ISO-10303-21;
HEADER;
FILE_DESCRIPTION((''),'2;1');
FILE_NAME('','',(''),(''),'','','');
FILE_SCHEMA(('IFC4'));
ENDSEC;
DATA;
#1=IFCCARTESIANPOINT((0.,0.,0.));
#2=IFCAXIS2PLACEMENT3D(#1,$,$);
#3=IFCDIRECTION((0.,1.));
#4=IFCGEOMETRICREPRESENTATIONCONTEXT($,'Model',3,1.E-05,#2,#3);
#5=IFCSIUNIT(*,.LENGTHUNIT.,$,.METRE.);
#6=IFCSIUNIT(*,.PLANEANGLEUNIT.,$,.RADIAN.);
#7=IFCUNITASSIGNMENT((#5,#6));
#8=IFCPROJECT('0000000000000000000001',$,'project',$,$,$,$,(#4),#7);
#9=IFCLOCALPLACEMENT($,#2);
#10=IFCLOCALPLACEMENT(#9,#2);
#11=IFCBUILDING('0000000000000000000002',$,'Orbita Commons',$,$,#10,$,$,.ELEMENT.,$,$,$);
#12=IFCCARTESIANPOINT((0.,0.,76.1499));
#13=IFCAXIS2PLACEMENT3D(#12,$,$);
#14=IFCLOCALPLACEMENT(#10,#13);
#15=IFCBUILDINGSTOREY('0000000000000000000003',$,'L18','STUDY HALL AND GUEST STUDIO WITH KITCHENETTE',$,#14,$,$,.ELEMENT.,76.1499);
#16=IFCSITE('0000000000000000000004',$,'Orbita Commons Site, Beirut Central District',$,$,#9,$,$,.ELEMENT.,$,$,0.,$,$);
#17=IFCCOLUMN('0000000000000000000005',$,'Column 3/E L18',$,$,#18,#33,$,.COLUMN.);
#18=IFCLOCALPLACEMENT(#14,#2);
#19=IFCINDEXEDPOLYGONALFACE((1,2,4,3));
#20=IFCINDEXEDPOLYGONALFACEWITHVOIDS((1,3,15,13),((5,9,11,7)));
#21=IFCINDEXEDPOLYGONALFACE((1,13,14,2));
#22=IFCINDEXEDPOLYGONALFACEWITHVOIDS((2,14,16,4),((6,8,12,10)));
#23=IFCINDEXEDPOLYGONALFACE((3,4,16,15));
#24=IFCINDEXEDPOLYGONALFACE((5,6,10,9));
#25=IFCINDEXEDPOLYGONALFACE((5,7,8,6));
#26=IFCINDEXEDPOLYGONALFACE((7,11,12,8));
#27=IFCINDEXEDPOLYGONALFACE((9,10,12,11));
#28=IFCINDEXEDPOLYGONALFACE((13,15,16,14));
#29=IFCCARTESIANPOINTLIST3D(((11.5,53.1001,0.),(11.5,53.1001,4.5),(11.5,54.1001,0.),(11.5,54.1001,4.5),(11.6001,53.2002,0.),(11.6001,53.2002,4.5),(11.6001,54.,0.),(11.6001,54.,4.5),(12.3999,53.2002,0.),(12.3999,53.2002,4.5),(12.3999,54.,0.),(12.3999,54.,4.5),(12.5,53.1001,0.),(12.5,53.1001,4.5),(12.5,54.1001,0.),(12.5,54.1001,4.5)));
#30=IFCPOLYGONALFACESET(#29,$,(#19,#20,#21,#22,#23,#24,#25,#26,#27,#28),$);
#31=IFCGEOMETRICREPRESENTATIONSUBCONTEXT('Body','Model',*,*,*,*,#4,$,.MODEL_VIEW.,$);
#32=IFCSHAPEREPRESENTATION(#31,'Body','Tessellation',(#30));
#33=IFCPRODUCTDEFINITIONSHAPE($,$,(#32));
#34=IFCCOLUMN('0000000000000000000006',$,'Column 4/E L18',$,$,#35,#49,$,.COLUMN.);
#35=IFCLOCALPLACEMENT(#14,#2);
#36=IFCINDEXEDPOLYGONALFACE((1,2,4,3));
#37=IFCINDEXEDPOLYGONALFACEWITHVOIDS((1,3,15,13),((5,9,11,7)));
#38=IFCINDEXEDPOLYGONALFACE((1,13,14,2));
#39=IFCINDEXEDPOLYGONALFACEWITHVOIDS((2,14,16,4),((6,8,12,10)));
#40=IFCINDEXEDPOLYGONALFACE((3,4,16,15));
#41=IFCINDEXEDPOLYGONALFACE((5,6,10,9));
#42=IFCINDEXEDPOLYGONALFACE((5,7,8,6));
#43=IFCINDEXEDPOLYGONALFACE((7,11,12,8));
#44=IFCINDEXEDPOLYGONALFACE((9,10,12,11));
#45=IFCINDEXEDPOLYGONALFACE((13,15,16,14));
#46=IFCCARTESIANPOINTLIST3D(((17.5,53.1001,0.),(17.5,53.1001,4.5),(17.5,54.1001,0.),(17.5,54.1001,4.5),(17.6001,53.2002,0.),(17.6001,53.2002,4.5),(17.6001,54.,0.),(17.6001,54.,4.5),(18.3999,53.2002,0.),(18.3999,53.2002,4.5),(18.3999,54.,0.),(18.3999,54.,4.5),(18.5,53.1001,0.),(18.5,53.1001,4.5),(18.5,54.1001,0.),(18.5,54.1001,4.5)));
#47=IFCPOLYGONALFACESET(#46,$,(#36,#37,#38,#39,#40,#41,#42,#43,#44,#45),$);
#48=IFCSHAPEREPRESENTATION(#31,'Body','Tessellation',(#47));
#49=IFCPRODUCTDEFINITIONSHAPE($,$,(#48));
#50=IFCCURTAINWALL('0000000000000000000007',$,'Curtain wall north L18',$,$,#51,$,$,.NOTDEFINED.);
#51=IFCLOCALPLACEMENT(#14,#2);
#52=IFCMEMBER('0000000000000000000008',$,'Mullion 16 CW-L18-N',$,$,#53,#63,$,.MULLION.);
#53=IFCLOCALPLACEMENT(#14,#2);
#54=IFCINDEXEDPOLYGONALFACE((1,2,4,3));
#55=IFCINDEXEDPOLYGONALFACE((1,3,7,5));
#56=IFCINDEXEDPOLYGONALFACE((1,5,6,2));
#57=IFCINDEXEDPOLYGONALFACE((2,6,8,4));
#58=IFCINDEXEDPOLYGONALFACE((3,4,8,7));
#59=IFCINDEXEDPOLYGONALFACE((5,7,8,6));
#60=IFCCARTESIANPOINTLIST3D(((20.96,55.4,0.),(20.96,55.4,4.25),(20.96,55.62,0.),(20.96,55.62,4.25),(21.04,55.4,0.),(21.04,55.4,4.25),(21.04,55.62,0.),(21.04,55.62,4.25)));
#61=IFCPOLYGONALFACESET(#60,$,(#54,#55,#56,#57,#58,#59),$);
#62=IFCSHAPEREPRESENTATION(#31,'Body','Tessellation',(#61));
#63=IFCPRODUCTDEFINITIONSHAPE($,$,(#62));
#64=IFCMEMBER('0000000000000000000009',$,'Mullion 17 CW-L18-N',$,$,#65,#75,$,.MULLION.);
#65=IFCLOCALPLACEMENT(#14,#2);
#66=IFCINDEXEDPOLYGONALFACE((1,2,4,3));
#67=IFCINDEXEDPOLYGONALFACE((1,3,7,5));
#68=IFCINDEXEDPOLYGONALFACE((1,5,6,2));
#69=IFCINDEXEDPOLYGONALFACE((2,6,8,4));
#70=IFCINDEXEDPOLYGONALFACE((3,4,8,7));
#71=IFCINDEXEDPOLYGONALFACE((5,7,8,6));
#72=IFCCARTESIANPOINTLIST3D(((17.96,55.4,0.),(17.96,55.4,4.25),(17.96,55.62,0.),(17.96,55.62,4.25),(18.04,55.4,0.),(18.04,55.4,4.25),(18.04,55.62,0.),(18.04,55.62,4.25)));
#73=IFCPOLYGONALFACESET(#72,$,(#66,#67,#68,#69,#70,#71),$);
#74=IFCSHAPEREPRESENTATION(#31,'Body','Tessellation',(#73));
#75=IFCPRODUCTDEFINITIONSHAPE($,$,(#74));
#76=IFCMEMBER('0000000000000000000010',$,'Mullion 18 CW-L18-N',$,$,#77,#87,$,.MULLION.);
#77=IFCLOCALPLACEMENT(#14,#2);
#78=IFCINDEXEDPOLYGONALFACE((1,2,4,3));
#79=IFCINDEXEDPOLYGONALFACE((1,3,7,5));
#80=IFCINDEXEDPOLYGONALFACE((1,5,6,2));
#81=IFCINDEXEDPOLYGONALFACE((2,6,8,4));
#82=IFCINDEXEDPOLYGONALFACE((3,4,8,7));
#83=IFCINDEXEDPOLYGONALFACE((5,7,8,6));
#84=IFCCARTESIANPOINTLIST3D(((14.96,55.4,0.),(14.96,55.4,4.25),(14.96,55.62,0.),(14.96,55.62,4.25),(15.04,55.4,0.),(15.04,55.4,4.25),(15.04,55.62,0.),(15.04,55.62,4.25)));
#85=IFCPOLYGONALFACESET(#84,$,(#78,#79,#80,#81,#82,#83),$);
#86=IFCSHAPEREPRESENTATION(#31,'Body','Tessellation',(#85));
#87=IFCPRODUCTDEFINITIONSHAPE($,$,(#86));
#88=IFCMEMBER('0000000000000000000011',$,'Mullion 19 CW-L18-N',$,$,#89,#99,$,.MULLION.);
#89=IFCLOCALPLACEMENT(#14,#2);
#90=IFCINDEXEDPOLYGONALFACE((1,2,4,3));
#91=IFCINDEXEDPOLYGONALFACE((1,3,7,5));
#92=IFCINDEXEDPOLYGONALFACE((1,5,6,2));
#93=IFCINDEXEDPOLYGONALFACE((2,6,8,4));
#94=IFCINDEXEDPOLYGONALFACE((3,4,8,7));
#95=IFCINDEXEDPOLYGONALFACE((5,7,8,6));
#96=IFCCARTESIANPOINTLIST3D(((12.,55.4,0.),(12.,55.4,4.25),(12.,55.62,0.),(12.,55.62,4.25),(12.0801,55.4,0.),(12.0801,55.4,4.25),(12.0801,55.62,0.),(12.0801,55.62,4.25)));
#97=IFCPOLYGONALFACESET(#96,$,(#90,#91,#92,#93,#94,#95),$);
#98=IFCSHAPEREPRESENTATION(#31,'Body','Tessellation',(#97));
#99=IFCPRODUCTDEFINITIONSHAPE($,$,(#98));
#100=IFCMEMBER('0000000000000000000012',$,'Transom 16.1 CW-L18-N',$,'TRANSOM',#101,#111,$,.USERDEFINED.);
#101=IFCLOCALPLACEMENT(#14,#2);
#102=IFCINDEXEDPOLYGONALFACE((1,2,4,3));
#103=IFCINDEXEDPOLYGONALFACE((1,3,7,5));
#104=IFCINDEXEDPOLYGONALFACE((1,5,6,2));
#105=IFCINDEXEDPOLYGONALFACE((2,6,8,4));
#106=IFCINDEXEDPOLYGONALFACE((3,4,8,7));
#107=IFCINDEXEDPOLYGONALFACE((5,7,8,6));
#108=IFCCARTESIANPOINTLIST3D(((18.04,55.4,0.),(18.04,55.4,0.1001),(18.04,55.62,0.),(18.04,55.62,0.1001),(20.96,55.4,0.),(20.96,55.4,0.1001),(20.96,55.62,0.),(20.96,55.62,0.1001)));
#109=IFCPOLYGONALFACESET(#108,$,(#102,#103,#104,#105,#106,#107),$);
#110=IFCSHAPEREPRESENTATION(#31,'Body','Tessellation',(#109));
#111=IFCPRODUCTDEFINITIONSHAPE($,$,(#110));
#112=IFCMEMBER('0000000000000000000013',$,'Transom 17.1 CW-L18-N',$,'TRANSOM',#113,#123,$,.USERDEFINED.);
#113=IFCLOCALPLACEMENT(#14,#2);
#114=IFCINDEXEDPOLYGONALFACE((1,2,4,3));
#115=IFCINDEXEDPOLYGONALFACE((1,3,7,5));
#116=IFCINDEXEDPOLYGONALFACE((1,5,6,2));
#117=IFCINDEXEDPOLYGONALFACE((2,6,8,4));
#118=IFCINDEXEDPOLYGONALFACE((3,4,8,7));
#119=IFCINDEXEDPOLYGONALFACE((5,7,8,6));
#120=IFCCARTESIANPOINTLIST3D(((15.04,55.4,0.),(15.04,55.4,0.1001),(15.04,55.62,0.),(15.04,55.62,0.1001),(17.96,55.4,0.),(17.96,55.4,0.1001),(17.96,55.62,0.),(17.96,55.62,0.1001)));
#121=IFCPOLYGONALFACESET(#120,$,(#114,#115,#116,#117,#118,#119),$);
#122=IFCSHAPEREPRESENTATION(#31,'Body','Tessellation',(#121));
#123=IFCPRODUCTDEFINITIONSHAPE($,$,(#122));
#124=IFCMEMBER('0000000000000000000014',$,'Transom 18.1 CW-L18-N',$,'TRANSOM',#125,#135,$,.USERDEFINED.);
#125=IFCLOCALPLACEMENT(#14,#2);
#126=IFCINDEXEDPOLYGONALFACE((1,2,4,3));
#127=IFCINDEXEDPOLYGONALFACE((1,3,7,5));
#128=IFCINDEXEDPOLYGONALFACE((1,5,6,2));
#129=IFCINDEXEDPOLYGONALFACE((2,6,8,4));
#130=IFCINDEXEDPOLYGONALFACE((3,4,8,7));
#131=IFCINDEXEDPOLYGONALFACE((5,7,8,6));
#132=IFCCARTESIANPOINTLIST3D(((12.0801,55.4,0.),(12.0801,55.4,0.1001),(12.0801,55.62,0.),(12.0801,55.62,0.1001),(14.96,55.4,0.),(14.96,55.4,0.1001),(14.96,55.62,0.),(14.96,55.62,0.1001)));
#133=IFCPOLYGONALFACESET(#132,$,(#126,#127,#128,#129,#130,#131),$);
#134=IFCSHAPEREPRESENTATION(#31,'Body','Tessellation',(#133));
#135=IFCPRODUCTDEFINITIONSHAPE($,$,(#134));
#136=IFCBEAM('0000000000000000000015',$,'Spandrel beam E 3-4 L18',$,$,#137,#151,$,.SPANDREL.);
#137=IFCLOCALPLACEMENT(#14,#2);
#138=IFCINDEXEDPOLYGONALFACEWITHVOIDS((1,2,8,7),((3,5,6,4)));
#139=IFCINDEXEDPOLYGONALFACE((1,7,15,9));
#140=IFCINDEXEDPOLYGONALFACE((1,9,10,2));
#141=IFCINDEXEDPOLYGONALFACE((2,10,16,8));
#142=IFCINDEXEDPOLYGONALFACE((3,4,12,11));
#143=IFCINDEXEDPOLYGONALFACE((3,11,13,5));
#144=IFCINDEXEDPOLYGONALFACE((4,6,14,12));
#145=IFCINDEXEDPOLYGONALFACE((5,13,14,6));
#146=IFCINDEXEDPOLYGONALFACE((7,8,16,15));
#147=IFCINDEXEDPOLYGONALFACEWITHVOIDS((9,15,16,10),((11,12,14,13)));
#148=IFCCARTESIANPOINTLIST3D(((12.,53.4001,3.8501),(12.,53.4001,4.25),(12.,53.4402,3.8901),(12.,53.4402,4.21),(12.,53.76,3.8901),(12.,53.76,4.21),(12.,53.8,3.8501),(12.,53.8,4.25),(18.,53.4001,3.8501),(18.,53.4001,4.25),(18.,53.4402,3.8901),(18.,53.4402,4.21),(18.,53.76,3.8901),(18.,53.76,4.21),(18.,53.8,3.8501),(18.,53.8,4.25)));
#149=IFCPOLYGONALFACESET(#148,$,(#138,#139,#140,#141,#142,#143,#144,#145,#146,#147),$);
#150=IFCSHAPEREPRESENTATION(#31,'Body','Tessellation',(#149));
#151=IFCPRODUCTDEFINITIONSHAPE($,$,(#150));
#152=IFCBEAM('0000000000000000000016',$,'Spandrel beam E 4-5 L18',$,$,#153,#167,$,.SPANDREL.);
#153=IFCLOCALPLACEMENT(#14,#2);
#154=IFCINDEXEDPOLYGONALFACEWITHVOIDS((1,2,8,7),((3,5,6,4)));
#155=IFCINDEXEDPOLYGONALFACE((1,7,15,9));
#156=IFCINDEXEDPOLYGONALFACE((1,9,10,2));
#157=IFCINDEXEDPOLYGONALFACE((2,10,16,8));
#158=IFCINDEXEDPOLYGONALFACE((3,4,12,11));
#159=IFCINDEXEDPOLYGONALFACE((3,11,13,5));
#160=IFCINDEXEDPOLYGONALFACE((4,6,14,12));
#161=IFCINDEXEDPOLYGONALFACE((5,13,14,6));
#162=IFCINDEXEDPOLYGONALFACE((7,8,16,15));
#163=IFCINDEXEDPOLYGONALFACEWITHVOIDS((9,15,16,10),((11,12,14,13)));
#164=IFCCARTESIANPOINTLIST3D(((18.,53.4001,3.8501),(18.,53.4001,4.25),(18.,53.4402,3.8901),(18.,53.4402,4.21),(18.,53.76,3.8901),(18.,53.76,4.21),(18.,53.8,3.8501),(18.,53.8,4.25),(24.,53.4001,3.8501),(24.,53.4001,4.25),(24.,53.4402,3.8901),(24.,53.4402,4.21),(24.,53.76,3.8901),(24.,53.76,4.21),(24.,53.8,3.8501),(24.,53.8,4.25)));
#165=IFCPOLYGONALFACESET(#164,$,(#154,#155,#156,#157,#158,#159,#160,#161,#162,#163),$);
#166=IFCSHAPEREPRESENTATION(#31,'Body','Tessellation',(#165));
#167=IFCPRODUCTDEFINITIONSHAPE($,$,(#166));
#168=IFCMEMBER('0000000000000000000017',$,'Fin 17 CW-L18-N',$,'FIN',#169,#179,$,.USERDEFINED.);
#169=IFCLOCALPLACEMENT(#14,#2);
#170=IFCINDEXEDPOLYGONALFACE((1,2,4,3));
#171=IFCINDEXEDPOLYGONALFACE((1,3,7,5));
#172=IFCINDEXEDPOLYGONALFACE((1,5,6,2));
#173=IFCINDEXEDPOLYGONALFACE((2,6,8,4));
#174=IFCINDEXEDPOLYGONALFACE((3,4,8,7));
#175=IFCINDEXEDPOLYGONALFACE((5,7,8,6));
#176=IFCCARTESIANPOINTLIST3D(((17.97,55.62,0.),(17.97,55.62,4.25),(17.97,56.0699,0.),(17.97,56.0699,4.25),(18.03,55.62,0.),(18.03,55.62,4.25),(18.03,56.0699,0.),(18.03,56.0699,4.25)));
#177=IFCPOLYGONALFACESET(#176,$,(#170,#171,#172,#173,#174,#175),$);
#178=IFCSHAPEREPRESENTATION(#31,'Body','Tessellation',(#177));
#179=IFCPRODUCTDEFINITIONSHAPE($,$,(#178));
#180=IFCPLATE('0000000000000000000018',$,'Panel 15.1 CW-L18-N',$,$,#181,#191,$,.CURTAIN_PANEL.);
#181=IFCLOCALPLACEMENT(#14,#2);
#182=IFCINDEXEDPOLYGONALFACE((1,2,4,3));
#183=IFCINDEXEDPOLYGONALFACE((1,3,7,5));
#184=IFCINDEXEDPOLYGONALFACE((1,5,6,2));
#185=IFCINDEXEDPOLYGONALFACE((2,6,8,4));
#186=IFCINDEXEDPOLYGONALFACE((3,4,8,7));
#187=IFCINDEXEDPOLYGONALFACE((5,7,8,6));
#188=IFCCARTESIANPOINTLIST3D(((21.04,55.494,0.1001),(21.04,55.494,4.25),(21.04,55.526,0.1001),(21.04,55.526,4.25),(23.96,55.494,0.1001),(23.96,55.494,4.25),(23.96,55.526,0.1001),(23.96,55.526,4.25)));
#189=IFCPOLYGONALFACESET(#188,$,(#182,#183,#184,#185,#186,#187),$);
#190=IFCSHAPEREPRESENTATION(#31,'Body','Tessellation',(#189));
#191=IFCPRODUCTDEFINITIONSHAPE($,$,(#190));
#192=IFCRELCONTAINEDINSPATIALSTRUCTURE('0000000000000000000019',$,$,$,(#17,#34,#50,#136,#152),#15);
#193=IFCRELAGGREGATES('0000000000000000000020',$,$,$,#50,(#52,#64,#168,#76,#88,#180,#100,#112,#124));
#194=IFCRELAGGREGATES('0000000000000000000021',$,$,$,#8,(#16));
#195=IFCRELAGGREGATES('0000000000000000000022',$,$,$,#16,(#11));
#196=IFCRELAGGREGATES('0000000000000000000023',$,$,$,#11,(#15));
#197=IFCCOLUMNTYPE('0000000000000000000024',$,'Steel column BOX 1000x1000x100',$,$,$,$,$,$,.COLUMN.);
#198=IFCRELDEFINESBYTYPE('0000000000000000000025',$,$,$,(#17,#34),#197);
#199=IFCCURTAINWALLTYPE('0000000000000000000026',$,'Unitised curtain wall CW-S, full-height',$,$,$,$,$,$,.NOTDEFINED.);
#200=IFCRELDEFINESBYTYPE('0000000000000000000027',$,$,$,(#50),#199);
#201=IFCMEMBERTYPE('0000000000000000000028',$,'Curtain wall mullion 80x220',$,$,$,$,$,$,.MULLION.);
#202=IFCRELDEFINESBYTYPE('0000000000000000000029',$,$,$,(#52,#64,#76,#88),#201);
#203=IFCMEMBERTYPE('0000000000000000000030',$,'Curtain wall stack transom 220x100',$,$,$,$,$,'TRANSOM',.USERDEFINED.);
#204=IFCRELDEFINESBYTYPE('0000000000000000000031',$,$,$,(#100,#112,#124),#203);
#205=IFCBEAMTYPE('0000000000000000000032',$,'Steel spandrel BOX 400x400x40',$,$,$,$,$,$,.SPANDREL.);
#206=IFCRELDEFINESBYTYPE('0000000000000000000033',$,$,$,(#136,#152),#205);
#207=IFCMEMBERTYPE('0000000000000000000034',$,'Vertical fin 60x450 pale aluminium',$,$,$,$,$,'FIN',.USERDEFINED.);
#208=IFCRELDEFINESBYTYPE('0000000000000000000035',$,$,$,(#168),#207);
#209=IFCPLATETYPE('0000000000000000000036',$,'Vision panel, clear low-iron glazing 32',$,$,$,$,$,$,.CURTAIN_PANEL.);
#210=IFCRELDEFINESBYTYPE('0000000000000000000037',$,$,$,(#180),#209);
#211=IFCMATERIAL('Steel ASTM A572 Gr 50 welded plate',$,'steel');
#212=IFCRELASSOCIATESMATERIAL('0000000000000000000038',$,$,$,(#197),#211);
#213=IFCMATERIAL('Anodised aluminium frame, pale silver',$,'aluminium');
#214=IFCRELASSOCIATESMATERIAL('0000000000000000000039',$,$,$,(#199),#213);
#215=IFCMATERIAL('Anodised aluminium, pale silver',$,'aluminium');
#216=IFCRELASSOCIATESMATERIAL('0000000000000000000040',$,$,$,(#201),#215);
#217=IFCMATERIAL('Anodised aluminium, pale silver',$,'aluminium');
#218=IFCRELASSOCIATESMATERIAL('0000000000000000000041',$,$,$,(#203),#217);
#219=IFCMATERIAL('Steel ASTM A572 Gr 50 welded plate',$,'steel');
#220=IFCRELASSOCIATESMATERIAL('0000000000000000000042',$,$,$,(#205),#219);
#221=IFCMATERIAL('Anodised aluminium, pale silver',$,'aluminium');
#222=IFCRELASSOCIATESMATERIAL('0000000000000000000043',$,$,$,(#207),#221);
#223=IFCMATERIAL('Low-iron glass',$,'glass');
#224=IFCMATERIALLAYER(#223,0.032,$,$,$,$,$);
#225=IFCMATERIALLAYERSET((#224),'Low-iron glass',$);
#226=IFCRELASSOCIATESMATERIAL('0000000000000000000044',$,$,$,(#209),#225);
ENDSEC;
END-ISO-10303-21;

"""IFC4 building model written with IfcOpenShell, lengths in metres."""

from ifc_helpers import new_model, si_unit, direction, frame, origin, origin_2d, place, context, subcontext, project, spatial, rectangle, hollow_rectangle, extrude, material, layer, layer_set, material_profile, profile_set, type_object, element, aggregate, save


model = new_model("IFC4")

# Units and contexts
model_context = context("Model", 3, precision=1e-05, world=origin(), true_north=direction((0.0, 1.0)))
body_context = subcontext(model_context, "Body", "Model", "MODEL_VIEW")
ifc_project = project(units=[si_unit("LENGTHUNIT", "METRE"), si_unit("PLANEANGLEUNIT", "RADIAN")], contexts=[model_context])

# Site, building, storey
site_placement = place(None, origin())
site = spatial("IfcSite", under=ifc_project, at=site_placement, Name="Orbita Commons Site, Beirut Central District", CompositionType="ELEMENT", RefElevation=0.0)
building_placement = place(site_placement, origin())
building = spatial("IfcBuilding", under=site, at=building_placement, Name="Orbita Commons", CompositionType="ELEMENT")
storey_placement = place(building_placement, frame((0.0, 0.0, 76.1499)))
storey = spatial("IfcBuildingStorey", under=building, at=storey_placement, Name="L18", Description="STUDY HALL AND GUEST STUDIO WITH KITCHENETTE", CompositionType="ELEMENT", Elevation=76.1499)

# Columns
ifc_material_1 = material(Name="Steel ASTM A572 Gr 50 welded plate", Category="steel")
ifc_material_profile_1 = material_profile(ifc_material_1, hollow_rectangle(XDim=1.0, YDim=1.0, WallThickness=0.1001, at=origin_2d()), Name="BOX 1000x1000x100")
ifc_profile_set_1 = profile_set([ifc_material_profile_1], Name="Steel ASTM A572 Gr 50 welded plate")
column_type = type_object("IfcColumnType", Name="Steel column BOX 1000x1000x100", PredefinedType="COLUMN", material=ifc_profile_set_1)
for number, where, z_axis, x_axis, name in (
    (1, (12.0, 53.6001, 0.0), (0.0, 0.0, 1.0), (1.0, 0.0, 0.0), "Column 3/E L18"),
    (2, (18.0, 53.6001, 0.0), (0.0, 0.0, 1.0), (1.0, 0.0, 0.0), "Column 4/E L18"),
):
    element("IfcColumn", number, at=place(storey_placement, frame(where, z_axis=z_axis, x_axis=x_axis)), inside=storey, type_object=column_type, Name=name, PredefinedType="COLUMN", context=body_context, shape_type="SweptSolid", body=[
        extrude(hollow_rectangle(XDim=1.0, YDim=1.0, WallThickness=0.1001, at=origin_2d()), origin(), (0.0, 0.0, 1.0), 4.5),
    ])

# Curtain wall, members
ifc_material_2 = material(Name="Anodised aluminium frame, pale silver", Category="aluminium")
curtain_wall_type = type_object("IfcCurtainWallType", Name="Unitised curtain wall CW-S, full-height", PredefinedType="NOTDEFINED", material=ifc_material_2)
curtain_wall_placement = place(storey_placement, origin())
curtain_wall = element("IfcCurtainWall", 3, at=curtain_wall_placement, inside=storey, type_object=curtain_wall_type, Name="Curtain wall north L18", PredefinedType="NOTDEFINED")
ifc_material_3 = material(Name="Anodised aluminium, pale silver", Category="aluminium")
ifc_material_profile_2 = material_profile(ifc_material_3, rectangle(XDim=0.0801, YDim=0.22, at=origin_2d()), Name="AL 80x220")
ifc_profile_set_2 = profile_set([ifc_material_profile_2], Name="Anodised aluminium, pale silver")
member_type_1 = type_object("IfcMemberType", Name="Curtain wall mullion 80x220", PredefinedType="MULLION", material=ifc_profile_set_2)
member_1_placement = place(storey_placement, frame((21.0, 55.51, 0.0), z_axis=(0.0, 0.0, 1.0), x_axis=(-1.0, 0.0, 0.0)))
member_1 = element("IfcMember", 4, at=member_1_placement, type_object=member_type_1, Name="Mullion 16 CW-L18-N", PredefinedType="MULLION", context=body_context, shape_type="SweptSolid", body=[
    extrude(rectangle(XDim=0.0801, YDim=0.22, at=origin_2d()), origin(), (0.0, 0.0, 1.0), 4.25),
])
member_2_placement = place(storey_placement, frame((18.0, 55.51, 0.0), z_axis=(0.0, 0.0, 1.0), x_axis=(-1.0, 0.0, 0.0)))
member_2 = element("IfcMember", 5, at=member_2_placement, type_object=member_type_1, Name="Mullion 17 CW-L18-N", PredefinedType="MULLION", context=body_context, shape_type="SweptSolid", body=[
    extrude(rectangle(XDim=0.0801, YDim=0.22, at=origin_2d()), origin(), (0.0, 0.0, 1.0), 4.25),
])
member_3_placement = place(storey_placement, frame((15.0, 55.51, 0.0), z_axis=(0.0, 0.0, 1.0), x_axis=(-1.0, 0.0, 0.0)))
member_3 = element("IfcMember", 6, at=member_3_placement, type_object=member_type_1, Name="Mullion 18 CW-L18-N", PredefinedType="MULLION", context=body_context, shape_type="SweptSolid", body=[
    extrude(rectangle(XDim=0.0801, YDim=0.22, at=origin_2d()), origin(), (0.0, 0.0, 1.0), 4.25),
])
member_4_placement = place(storey_placement, frame((12.04, 55.51, 0.0), z_axis=(0.0, 0.0, 1.0), x_axis=(-1.0, 0.0, 0.0)))
member_4 = element("IfcMember", 7, at=member_4_placement, type_object=member_type_1, Name="Mullion 19 CW-L18-N", PredefinedType="MULLION", context=body_context, shape_type="SweptSolid", body=[
    extrude(rectangle(XDim=0.0801, YDim=0.22, at=origin_2d()), origin(), (0.0, 0.0, 1.0), 4.25),
])
ifc_material_4 = material(Name="Anodised aluminium, pale silver", Category="aluminium")
ifc_material_profile_3 = material_profile(ifc_material_4, rectangle(XDim=0.22, YDim=0.1001, at=origin_2d()), Name="AL 220x100")
ifc_profile_set_3 = profile_set([ifc_material_profile_3], Name="Anodised aluminium, pale silver")
member_type_2 = type_object("IfcMemberType", Name="Curtain wall stack transom 220x100", ElementType="TRANSOM", PredefinedType="USERDEFINED", material=ifc_profile_set_3)
member_5_placement = place(storey_placement, frame((20.96, 55.51, 0.05), z_axis=(-1.0, 0.0, 0.0), x_axis=(0.0, -1.0, 0.0)))
member_5 = element("IfcMember", 8, at=member_5_placement, type_object=member_type_2, Name="Transom 16.1 CW-L18-N", ObjectType="TRANSOM", PredefinedType="USERDEFINED", context=body_context, shape_type="SweptSolid", body=[
    extrude(rectangle(XDim=0.22, YDim=0.1001, at=origin_2d()), origin(), (0.0, 0.0, 1.0), 2.9199),
])
member_6_placement = place(storey_placement, frame((17.96, 55.51, 0.05), z_axis=(-1.0, 0.0, 0.0), x_axis=(0.0, -1.0, 0.0)))
member_6 = element("IfcMember", 9, at=member_6_placement, type_object=member_type_2, Name="Transom 17.1 CW-L18-N", ObjectType="TRANSOM", PredefinedType="USERDEFINED", context=body_context, shape_type="SweptSolid", body=[
    extrude(rectangle(XDim=0.22, YDim=0.1001, at=origin_2d()), origin(), (0.0, 0.0, 1.0), 2.9199),
])
member_7_placement = place(storey_placement, frame((14.96, 55.51, 0.05), z_axis=(-1.0, 0.0, 0.0), x_axis=(0.0, -1.0, 0.0)))
member_7 = element("IfcMember", 10, at=member_7_placement, type_object=member_type_2, Name="Transom 18.1 CW-L18-N", ObjectType="TRANSOM", PredefinedType="USERDEFINED", context=body_context, shape_type="SweptSolid", body=[
    extrude(rectangle(XDim=0.22, YDim=0.1001, at=origin_2d()), origin(), (0.0, 0.0, 1.0), 2.8799),
])

# Beams
ifc_material_5 = material(Name="Steel ASTM A572 Gr 50 welded plate", Category="steel")
ifc_material_profile_4 = material_profile(ifc_material_5, hollow_rectangle(XDim=0.3999, YDim=0.3999, WallThickness=0.04, at=origin_2d()), Name="BOX 400x400x40")
ifc_profile_set_4 = profile_set([ifc_material_profile_4], Name="Steel ASTM A572 Gr 50 welded plate")
beam_type = type_object("IfcBeamType", Name="Steel spandrel BOX 400x400x40", PredefinedType="SPANDREL", material=ifc_profile_set_4)
for number, where, z_axis, x_axis, name in (
    (11, (12.0, 53.6001, 4.05), (1.0, 0.0, 0.0), (0.0, 1.0, 0.0), "Spandrel beam E 3-4 L18"),
    (12, (18.0, 53.6001, 4.05), (1.0, 0.0, 0.0), (0.0, 1.0, 0.0), "Spandrel beam E 4-5 L18"),
):
    element("IfcBeam", number, at=place(storey_placement, frame(where, z_axis=z_axis, x_axis=x_axis)), inside=storey, type_object=beam_type, Name=name, PredefinedType="SPANDREL", context=body_context, shape_type="SweptSolid", body=[
        extrude(hollow_rectangle(XDim=0.3999, YDim=0.3999, WallThickness=0.04, at=origin_2d()), origin(), (0.0, 0.0, 1.0), 6.0),
    ])

# Member
ifc_material_6 = material(Name="Anodised aluminium, pale silver", Category="aluminium")
ifc_material_profile_5 = material_profile(ifc_material_6, rectangle(XDim=0.0601, YDim=0.45, at=origin_2d()), Name="FIN 60x450")
ifc_profile_set_5 = profile_set([ifc_material_profile_5], Name="Anodised aluminium, pale silver")
member_type_3 = type_object("IfcMemberType", Name="Vertical fin 60x450 pale aluminium", ElementType="FIN", PredefinedType="USERDEFINED", material=ifc_profile_set_5)
member_8_placement = place(storey_placement, frame((18.0, 55.845, 0.0), z_axis=(0.0, 0.0, 1.0), x_axis=(-1.0, 0.0, 0.0)))
member_8 = element("IfcMember", 13, at=member_8_placement, type_object=member_type_3, Name="Fin 17 CW-L18-N", ObjectType="FIN", PredefinedType="USERDEFINED", context=body_context, shape_type="SweptSolid", body=[
    extrude(rectangle(XDim=0.0601, YDim=0.45, at=origin_2d()), origin(), (0.0, 0.0, 1.0), 4.25),
])

# Plate
ifc_material_7 = material(Name="Low-iron glass", Category="glass")
ifc_layer_1 = layer(ifc_material_7, 0.032)
ifc_layer_set_1 = layer_set([ifc_layer_1], Name="Low-iron glass")
plate_type = type_object("IfcPlateType", Name="Vision panel, clear low-iron glazing 32", PredefinedType="CURTAIN_PANEL", material=ifc_layer_set_1)
plate_1_placement = place(storey_placement, frame((22.5, 55.51, 0.1001), z_axis=(0.0, 0.0, 1.0), x_axis=(-1.0, 0.0, 0.0)))
plate_1 = element("IfcPlate", 14, at=plate_1_placement, type_object=plate_type, Name="Panel 15.1 CW-L18-N", PredefinedType="CURTAIN_PANEL", context=body_context, shape_type="SweptSolid", body=[
    extrude(rectangle(XDim=2.9199, YDim=0.032, at=origin_2d()), origin(), (0.0, 0.0, 1.0), 4.1499),
])
aggregate(curtain_wall, [member_1, member_2, member_8, member_3, member_4, plate_1, member_5, member_6, member_7])

save(model, "model.ifc")
